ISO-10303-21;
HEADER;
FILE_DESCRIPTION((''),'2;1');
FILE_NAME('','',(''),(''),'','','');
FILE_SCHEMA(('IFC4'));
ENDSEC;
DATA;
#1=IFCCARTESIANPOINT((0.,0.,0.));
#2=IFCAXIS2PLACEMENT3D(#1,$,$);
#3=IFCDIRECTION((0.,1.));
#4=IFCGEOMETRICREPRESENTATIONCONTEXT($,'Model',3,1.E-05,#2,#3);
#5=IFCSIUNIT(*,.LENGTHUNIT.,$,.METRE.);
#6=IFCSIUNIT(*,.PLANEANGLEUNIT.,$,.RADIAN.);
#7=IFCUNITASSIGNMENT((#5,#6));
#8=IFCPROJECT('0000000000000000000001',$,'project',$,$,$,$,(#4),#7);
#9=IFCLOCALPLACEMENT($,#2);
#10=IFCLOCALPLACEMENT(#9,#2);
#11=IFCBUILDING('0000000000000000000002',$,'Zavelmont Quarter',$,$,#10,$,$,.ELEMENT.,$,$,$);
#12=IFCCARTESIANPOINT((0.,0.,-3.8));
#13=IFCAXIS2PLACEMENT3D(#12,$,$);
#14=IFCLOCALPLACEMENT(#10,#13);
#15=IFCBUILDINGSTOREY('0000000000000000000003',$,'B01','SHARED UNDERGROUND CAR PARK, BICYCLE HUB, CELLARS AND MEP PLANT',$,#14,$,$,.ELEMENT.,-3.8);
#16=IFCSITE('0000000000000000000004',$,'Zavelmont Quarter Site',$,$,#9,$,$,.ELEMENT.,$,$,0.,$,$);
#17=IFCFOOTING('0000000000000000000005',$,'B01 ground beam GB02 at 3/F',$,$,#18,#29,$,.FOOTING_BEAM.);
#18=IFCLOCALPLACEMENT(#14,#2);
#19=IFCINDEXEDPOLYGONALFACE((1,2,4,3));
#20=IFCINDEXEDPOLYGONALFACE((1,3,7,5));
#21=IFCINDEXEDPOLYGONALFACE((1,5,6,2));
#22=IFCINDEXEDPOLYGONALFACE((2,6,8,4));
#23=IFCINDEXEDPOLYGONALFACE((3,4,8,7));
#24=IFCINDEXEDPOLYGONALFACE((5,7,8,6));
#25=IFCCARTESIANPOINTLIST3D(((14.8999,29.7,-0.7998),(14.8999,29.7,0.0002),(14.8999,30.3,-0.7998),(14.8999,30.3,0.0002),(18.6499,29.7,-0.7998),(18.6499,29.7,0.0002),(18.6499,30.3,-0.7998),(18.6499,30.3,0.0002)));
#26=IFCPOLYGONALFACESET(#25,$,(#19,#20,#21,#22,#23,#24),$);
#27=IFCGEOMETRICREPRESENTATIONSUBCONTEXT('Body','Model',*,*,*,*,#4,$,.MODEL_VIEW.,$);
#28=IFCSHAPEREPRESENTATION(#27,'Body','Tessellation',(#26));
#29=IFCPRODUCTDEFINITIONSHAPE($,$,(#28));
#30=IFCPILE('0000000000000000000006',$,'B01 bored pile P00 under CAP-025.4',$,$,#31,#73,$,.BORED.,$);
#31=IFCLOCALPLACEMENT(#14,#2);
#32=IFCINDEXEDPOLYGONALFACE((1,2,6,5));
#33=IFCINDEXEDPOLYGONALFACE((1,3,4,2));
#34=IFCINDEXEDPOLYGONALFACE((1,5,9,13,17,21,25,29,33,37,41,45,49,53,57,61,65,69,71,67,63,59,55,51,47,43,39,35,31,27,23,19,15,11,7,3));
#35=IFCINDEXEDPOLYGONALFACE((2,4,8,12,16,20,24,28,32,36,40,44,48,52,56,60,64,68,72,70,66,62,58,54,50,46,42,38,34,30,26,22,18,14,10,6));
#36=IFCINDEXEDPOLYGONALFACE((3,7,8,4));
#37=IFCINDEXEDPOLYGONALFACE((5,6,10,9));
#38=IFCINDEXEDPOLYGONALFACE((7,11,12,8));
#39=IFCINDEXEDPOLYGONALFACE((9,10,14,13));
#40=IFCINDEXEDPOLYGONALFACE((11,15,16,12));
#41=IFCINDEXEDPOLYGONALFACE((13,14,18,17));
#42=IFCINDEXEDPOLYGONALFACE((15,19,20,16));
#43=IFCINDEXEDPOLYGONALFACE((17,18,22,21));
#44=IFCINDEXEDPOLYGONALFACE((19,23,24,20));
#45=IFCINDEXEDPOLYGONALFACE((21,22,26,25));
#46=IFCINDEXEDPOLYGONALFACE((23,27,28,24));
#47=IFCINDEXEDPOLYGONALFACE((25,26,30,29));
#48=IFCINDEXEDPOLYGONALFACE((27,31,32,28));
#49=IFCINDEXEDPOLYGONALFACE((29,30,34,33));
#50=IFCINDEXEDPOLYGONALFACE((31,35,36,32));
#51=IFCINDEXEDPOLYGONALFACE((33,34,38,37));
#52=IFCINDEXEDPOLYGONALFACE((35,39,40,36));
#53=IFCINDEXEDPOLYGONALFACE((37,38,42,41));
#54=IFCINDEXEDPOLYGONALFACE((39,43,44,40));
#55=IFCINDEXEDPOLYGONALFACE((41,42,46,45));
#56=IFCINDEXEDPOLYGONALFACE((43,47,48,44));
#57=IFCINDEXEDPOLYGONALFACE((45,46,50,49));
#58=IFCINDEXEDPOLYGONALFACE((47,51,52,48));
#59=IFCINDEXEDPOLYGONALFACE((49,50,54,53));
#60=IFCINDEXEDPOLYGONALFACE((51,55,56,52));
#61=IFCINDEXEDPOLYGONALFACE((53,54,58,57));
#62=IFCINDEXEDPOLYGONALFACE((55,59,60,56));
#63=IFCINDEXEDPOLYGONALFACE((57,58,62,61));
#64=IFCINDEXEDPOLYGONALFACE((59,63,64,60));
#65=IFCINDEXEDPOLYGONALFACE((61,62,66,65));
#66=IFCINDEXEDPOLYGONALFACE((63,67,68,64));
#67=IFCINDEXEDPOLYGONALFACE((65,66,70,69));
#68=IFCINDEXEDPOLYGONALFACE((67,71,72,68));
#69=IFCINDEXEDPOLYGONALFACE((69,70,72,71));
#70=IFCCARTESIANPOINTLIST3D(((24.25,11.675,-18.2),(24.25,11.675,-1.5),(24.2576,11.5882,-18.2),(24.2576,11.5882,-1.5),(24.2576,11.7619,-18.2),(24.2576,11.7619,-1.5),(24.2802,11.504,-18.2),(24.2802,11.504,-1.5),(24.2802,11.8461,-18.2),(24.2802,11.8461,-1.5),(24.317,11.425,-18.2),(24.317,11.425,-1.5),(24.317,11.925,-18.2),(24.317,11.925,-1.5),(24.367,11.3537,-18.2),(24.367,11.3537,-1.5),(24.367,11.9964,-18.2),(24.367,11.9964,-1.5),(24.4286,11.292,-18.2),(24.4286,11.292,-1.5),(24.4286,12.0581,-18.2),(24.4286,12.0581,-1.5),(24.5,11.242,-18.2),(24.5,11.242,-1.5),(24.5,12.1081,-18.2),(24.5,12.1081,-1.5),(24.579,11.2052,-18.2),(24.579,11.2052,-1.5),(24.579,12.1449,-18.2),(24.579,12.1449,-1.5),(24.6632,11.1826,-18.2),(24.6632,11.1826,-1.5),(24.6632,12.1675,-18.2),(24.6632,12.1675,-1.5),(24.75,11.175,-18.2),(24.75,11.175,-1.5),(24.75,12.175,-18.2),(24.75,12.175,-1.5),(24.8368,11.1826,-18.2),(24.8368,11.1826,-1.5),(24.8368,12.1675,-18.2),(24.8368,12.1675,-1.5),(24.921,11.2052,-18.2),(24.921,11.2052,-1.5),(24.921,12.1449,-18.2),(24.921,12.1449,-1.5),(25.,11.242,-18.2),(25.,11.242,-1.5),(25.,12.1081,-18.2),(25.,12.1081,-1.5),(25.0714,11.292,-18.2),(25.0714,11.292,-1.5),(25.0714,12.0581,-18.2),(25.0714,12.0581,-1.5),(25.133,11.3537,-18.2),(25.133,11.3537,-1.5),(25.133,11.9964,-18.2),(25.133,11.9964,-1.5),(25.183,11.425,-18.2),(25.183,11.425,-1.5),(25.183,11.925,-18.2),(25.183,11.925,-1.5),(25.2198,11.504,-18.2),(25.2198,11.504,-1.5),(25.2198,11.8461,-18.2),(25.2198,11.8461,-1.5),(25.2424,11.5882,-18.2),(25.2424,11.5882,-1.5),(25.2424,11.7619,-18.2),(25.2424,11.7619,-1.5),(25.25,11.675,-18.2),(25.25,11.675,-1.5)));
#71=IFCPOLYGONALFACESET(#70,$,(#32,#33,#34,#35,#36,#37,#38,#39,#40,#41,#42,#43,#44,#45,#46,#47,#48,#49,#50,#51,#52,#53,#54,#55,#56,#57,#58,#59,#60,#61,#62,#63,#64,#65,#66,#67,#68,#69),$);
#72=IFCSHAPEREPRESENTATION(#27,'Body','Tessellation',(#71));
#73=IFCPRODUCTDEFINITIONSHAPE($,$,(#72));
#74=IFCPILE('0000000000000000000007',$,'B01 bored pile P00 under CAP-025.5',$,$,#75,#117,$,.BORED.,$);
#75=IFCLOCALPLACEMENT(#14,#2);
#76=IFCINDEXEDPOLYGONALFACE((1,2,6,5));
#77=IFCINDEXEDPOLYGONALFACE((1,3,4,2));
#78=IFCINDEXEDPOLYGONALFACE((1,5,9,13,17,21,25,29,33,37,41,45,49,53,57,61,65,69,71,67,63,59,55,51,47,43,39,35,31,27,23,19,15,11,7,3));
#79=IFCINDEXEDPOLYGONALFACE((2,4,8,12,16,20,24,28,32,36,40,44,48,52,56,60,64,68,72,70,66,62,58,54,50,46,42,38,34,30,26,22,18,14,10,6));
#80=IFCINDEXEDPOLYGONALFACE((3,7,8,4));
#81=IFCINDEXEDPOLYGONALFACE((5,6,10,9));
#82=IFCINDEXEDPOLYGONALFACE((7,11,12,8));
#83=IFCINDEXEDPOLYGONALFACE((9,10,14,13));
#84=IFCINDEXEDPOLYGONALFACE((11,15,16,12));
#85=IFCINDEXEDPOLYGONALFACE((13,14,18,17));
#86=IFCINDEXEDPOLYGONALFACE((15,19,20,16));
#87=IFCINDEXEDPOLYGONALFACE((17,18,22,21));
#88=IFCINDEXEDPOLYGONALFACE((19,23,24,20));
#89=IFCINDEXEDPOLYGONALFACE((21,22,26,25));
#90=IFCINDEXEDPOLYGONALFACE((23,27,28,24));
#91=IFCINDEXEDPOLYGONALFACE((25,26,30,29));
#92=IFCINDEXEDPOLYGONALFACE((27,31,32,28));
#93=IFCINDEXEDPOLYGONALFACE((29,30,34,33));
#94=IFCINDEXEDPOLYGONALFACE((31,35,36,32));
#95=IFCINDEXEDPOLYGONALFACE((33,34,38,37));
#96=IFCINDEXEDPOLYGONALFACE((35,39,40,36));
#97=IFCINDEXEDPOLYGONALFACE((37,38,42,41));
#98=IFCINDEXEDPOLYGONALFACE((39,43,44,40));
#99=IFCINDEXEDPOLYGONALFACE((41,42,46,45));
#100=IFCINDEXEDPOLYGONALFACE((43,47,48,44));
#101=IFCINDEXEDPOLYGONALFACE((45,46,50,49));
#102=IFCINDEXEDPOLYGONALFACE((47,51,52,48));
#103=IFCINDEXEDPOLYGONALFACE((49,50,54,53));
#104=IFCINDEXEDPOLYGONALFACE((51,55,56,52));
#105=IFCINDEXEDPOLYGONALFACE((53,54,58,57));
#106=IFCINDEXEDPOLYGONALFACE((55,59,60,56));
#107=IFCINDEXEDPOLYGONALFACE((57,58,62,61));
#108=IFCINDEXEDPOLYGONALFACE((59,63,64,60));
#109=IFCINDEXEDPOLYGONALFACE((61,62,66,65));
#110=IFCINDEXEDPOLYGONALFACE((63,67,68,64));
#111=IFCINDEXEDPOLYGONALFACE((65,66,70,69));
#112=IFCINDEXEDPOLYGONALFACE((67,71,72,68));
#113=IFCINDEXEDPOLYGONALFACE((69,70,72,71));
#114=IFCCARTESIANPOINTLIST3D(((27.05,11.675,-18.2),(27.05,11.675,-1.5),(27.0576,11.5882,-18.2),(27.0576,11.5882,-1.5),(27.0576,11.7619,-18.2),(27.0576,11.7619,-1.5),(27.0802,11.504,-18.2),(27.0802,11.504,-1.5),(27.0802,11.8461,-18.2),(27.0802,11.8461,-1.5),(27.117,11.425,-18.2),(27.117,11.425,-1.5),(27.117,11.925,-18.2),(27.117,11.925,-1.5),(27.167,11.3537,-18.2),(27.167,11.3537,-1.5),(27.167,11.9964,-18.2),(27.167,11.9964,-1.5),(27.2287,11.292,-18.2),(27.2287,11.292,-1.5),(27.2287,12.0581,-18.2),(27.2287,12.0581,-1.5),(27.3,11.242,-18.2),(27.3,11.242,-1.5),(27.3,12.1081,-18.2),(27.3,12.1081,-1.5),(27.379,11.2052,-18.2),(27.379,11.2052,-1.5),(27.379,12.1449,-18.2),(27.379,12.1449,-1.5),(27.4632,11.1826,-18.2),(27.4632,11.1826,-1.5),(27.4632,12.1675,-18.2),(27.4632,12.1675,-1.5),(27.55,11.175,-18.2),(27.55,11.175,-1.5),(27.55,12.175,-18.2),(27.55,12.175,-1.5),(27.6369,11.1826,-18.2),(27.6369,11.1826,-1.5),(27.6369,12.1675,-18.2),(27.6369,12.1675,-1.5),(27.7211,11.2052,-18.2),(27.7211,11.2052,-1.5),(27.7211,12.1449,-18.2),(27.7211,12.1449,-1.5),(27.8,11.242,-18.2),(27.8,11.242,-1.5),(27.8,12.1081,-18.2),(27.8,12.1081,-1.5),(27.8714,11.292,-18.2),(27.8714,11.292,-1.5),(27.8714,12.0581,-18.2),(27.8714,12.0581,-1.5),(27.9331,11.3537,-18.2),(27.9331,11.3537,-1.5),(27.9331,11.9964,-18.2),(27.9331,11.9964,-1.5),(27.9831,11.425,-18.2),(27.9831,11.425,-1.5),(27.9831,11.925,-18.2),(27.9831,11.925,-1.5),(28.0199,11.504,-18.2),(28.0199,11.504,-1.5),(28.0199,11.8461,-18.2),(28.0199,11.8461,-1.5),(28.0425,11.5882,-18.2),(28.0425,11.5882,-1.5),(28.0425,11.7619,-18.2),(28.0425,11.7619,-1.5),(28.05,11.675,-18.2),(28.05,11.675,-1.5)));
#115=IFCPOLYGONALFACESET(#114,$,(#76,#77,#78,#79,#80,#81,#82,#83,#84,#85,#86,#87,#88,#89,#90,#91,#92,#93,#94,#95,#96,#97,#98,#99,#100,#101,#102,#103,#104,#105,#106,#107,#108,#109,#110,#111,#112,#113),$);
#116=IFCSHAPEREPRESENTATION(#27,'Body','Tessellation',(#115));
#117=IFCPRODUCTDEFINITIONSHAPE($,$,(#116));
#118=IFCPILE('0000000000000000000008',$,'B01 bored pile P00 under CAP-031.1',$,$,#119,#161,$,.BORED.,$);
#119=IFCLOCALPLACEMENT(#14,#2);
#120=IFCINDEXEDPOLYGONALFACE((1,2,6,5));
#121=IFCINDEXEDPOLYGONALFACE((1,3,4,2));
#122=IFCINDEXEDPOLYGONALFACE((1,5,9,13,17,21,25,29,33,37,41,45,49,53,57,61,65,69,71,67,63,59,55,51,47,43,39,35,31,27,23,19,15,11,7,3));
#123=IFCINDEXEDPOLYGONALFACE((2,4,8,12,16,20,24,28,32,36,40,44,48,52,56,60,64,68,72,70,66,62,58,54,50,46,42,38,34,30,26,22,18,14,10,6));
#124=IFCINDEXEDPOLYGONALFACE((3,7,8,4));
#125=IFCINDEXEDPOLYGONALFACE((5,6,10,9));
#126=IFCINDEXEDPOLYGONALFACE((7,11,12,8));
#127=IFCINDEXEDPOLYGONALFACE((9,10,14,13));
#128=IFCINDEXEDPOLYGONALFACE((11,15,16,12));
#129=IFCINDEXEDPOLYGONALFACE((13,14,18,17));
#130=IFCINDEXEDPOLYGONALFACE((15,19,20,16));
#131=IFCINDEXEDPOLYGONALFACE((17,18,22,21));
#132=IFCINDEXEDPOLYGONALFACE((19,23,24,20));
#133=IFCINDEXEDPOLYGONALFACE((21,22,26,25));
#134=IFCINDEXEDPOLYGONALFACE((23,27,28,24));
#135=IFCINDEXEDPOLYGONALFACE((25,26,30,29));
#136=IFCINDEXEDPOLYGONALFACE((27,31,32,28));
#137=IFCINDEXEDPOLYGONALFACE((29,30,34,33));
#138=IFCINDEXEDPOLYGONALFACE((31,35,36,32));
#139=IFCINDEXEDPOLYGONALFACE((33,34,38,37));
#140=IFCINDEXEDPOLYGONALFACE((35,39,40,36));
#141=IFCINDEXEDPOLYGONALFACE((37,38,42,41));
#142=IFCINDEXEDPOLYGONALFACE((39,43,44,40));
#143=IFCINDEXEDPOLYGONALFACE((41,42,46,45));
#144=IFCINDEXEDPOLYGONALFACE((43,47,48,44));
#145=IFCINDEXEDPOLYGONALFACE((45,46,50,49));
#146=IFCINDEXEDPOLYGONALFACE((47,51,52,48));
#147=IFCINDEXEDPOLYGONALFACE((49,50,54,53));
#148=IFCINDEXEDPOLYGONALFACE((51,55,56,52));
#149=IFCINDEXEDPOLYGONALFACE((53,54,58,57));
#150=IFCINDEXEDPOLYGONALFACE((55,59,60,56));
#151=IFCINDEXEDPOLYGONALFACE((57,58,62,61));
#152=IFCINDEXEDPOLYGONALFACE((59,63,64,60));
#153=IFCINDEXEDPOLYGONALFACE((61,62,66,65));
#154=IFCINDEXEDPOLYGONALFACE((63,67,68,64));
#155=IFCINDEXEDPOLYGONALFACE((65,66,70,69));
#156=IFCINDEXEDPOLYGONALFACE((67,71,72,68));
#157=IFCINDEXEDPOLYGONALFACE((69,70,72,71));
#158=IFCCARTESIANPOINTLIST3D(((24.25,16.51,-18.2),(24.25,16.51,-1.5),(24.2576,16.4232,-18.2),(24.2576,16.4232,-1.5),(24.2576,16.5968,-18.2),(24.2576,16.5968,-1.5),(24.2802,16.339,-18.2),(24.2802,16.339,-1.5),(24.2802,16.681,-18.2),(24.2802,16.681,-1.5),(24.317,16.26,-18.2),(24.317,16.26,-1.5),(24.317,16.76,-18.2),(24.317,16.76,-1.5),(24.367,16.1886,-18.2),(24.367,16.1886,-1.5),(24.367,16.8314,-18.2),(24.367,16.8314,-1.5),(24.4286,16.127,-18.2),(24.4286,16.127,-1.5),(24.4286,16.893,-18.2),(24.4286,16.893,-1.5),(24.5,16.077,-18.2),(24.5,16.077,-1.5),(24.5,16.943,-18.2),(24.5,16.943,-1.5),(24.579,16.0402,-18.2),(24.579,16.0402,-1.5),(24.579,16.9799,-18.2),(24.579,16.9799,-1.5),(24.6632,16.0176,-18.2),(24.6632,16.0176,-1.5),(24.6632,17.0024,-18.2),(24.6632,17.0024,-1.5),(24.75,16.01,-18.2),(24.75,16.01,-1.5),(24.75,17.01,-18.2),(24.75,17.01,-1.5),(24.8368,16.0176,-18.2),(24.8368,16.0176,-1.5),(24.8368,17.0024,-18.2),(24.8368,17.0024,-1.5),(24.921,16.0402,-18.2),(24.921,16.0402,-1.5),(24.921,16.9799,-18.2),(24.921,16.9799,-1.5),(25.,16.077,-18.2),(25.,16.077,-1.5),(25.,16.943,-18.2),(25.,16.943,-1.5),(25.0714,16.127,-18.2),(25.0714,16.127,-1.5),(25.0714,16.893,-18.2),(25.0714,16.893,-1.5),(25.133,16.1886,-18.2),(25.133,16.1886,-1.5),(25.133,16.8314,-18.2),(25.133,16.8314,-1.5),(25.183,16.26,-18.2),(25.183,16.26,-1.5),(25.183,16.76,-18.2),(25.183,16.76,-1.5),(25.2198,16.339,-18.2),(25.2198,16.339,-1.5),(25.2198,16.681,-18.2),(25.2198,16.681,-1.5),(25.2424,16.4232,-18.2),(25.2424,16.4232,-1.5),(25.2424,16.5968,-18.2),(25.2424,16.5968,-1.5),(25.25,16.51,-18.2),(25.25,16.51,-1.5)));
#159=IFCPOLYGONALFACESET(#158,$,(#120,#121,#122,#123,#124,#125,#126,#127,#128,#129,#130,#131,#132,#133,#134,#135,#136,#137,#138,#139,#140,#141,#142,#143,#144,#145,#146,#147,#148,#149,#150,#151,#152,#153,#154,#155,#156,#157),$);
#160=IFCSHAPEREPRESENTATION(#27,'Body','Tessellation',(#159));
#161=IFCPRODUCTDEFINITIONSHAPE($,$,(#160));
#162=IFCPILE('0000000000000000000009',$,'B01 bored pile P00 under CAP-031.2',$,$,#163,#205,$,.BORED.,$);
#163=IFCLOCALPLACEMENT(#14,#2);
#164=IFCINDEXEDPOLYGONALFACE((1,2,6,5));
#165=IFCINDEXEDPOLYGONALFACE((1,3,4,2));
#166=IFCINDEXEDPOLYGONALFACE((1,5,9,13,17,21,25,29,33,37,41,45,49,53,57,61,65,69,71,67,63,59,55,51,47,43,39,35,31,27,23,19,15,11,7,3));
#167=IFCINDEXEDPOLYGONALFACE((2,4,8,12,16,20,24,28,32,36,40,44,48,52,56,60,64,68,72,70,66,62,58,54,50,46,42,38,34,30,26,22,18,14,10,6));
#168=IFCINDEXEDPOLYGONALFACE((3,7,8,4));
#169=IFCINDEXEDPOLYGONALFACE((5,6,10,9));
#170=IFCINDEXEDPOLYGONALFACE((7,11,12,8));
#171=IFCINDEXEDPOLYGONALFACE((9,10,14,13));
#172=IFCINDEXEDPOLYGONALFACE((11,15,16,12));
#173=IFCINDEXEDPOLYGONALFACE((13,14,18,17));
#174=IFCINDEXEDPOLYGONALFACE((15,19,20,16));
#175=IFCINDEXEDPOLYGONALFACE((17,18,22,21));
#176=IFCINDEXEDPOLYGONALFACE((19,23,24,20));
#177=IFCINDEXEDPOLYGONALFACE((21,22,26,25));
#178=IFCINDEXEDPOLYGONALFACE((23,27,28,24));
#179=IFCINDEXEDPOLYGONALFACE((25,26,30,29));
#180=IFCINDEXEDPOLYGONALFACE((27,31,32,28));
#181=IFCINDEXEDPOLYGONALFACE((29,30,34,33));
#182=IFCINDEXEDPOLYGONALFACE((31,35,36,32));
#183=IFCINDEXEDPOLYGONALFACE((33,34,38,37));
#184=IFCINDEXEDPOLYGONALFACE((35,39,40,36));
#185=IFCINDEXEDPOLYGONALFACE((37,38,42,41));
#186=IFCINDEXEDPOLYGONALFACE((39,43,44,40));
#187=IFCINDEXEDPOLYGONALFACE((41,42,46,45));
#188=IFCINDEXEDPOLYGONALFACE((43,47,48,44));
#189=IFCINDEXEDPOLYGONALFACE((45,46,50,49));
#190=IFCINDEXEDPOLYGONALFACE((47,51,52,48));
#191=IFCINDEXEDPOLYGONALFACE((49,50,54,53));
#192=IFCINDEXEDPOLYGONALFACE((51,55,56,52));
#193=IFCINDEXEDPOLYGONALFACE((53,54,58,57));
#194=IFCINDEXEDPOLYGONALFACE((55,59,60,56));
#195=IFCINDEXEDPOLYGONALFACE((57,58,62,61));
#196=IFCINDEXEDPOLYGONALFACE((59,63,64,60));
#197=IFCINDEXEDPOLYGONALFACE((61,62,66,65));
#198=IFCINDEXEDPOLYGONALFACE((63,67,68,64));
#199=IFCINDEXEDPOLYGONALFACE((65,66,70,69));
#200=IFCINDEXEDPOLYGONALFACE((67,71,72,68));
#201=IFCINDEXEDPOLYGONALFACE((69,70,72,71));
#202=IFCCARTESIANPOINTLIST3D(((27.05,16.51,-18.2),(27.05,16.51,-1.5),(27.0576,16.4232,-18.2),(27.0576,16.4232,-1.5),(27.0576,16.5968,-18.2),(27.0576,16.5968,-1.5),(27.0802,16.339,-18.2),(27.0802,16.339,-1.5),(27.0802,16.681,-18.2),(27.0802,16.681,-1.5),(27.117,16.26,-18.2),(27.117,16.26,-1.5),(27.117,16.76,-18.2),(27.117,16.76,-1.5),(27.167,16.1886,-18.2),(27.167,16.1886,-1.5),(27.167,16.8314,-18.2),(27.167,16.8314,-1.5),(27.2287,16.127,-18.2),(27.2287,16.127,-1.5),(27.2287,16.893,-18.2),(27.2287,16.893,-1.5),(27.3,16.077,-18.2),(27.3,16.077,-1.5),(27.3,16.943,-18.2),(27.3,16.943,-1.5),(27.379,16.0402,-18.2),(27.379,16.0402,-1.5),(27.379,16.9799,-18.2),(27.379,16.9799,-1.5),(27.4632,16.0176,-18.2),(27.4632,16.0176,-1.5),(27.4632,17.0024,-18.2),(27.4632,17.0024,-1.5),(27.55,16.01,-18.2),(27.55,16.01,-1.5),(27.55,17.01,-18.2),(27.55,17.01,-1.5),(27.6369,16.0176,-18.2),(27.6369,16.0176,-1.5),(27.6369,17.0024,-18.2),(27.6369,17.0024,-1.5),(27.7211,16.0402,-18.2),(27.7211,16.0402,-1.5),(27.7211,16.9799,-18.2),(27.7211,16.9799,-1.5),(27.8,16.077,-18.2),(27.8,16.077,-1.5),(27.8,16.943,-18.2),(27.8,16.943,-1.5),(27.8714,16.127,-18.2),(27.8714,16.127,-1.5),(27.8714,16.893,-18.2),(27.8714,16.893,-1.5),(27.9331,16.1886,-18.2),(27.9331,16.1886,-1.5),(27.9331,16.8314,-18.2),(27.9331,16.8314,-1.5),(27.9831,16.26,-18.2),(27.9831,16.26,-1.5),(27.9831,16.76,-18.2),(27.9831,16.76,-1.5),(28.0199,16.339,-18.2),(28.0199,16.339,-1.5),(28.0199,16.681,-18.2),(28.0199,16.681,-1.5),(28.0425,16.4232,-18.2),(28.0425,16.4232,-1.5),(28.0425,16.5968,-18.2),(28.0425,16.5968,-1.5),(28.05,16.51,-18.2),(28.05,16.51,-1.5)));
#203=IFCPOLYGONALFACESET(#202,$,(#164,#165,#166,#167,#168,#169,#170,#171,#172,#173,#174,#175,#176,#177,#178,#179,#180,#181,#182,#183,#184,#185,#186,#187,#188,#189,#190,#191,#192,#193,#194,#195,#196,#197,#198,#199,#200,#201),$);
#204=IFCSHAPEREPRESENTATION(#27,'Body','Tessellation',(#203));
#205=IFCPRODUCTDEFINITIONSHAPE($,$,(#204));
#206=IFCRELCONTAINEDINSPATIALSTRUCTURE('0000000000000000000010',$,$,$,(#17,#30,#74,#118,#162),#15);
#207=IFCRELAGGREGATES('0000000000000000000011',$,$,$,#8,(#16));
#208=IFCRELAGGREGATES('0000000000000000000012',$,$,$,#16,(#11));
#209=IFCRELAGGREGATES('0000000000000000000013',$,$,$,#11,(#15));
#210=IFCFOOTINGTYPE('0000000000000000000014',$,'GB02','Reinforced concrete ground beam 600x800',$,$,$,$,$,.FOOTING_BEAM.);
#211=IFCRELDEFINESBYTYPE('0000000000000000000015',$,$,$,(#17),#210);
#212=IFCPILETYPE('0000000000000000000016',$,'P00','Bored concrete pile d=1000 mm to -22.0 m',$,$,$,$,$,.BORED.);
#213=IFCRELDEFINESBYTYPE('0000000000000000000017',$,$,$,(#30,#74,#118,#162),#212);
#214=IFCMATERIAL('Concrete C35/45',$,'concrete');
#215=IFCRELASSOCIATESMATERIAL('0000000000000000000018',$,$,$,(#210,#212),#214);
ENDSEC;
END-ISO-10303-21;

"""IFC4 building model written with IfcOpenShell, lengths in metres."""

from ifc_helpers import new_model, si_unit, direction, frame, origin, origin_2d, place, context, subcontext, project, spatial, rectangle, circle, extrude, material, material_profile, profile_set, type_object, element, save


model = new_model("IFC4")

# Units and contexts
model_context = context("Model", 3, precision=1e-05, world=origin(), true_north=direction((0.0, 1.0)))
body_context = subcontext(model_context, "Body", "Model", "MODEL_VIEW")
ifc_project = project(units=[si_unit("LENGTHUNIT", "METRE"), si_unit("PLANEANGLEUNIT", "RADIAN")], contexts=[model_context])

# Site, building, storey
site_placement = place(None, origin())
site = spatial("IfcSite", under=ifc_project, at=site_placement, Name="Zavelmont Quarter Site", CompositionType="ELEMENT", RefElevation=0.0)
building_placement = place(site_placement, origin())
building = spatial("IfcBuilding", under=site, at=building_placement, Name="Zavelmont Quarter", CompositionType="ELEMENT")
storey_placement = place(building_placement, frame((0.0, 0.0, -3.8)))
storey = spatial("IfcBuildingStorey", under=building, at=storey_placement, Name="B01", Description="SHARED UNDERGROUND CAR PARK, BICYCLE HUB, CELLARS AND MEP PLANT", CompositionType="ELEMENT", Elevation=-3.8)

# Footing
ifc_material_1 = material(Name="Concrete C35/45", Category="concrete")
footing_type_1 = type_object("IfcFootingType", Name="GB02", Description="Reinforced concrete ground beam 600x800", PredefinedType="FOOTING_BEAM", material=ifc_material_1)
footing_1_placement = place(storey_placement, frame((16.7749, 30.0, -0.7998), z_axis=(0.0, 0.0, 1.0), x_axis=(1.0, 0.0, 0.0)))
element("IfcFooting", 1, at=footing_1_placement, inside=storey, type_object=footing_type_1, Name="B01 ground beam GB02 at 3/F", PredefinedType="FOOTING_BEAM", context=body_context, shape_type="SweptSolid", body=[
    extrude(rectangle(XDim=3.75, YDim=0.6001, at=origin_2d()), origin(), (0.0, 0.0, 1.0), 0.8),
])

# Piles
ifc_material_profile_1 = material_profile(ifc_material_1, circle(Radius=0.5, at=origin_2d()), Name="BP1000")
ifc_profile_set_1 = profile_set([ifc_material_profile_1], Name="Concrete C35/45")
pile_type_1 = type_object("IfcPileType", Name="P00", Description="Bored concrete pile d=1000 mm to -22.0 m", PredefinedType="BORED", material=ifc_profile_set_1)
for number, where, z_axis, x_axis, name in (
    (2, (24.75, 11.675, -1.5), (0.0, 0.0, -1.0), (1.0, 0.0, 0.0), "B01 bored pile P00 under CAP-025.4"),
    (3, (27.55, 11.675, -1.5), (0.0, 0.0, -1.0), (1.0, 0.0, 0.0), "B01 bored pile P00 under CAP-025.5"),
    (4, (24.75, 16.51, -1.5), (0.0, 0.0, -1.0), (1.0, 0.0, 0.0), "B01 bored pile P00 under CAP-031.1"),
    (5, (27.55, 16.51, -1.5), (0.0, 0.0, -1.0), (1.0, 0.0, 0.0), "B01 bored pile P00 under CAP-031.2"),
):
    element("IfcPile", number, at=place(storey_placement, frame(where, z_axis=z_axis, x_axis=x_axis)), inside=storey, type_object=pile_type_1, Name=name, PredefinedType="BORED", context=body_context, shape_type="SweptSolid", body=[
        extrude(circle(Radius=0.5, at=origin_2d()), origin(), (0.0, 0.0, 1.0), 16.7),
    ])

save(model, "model.ifc")
